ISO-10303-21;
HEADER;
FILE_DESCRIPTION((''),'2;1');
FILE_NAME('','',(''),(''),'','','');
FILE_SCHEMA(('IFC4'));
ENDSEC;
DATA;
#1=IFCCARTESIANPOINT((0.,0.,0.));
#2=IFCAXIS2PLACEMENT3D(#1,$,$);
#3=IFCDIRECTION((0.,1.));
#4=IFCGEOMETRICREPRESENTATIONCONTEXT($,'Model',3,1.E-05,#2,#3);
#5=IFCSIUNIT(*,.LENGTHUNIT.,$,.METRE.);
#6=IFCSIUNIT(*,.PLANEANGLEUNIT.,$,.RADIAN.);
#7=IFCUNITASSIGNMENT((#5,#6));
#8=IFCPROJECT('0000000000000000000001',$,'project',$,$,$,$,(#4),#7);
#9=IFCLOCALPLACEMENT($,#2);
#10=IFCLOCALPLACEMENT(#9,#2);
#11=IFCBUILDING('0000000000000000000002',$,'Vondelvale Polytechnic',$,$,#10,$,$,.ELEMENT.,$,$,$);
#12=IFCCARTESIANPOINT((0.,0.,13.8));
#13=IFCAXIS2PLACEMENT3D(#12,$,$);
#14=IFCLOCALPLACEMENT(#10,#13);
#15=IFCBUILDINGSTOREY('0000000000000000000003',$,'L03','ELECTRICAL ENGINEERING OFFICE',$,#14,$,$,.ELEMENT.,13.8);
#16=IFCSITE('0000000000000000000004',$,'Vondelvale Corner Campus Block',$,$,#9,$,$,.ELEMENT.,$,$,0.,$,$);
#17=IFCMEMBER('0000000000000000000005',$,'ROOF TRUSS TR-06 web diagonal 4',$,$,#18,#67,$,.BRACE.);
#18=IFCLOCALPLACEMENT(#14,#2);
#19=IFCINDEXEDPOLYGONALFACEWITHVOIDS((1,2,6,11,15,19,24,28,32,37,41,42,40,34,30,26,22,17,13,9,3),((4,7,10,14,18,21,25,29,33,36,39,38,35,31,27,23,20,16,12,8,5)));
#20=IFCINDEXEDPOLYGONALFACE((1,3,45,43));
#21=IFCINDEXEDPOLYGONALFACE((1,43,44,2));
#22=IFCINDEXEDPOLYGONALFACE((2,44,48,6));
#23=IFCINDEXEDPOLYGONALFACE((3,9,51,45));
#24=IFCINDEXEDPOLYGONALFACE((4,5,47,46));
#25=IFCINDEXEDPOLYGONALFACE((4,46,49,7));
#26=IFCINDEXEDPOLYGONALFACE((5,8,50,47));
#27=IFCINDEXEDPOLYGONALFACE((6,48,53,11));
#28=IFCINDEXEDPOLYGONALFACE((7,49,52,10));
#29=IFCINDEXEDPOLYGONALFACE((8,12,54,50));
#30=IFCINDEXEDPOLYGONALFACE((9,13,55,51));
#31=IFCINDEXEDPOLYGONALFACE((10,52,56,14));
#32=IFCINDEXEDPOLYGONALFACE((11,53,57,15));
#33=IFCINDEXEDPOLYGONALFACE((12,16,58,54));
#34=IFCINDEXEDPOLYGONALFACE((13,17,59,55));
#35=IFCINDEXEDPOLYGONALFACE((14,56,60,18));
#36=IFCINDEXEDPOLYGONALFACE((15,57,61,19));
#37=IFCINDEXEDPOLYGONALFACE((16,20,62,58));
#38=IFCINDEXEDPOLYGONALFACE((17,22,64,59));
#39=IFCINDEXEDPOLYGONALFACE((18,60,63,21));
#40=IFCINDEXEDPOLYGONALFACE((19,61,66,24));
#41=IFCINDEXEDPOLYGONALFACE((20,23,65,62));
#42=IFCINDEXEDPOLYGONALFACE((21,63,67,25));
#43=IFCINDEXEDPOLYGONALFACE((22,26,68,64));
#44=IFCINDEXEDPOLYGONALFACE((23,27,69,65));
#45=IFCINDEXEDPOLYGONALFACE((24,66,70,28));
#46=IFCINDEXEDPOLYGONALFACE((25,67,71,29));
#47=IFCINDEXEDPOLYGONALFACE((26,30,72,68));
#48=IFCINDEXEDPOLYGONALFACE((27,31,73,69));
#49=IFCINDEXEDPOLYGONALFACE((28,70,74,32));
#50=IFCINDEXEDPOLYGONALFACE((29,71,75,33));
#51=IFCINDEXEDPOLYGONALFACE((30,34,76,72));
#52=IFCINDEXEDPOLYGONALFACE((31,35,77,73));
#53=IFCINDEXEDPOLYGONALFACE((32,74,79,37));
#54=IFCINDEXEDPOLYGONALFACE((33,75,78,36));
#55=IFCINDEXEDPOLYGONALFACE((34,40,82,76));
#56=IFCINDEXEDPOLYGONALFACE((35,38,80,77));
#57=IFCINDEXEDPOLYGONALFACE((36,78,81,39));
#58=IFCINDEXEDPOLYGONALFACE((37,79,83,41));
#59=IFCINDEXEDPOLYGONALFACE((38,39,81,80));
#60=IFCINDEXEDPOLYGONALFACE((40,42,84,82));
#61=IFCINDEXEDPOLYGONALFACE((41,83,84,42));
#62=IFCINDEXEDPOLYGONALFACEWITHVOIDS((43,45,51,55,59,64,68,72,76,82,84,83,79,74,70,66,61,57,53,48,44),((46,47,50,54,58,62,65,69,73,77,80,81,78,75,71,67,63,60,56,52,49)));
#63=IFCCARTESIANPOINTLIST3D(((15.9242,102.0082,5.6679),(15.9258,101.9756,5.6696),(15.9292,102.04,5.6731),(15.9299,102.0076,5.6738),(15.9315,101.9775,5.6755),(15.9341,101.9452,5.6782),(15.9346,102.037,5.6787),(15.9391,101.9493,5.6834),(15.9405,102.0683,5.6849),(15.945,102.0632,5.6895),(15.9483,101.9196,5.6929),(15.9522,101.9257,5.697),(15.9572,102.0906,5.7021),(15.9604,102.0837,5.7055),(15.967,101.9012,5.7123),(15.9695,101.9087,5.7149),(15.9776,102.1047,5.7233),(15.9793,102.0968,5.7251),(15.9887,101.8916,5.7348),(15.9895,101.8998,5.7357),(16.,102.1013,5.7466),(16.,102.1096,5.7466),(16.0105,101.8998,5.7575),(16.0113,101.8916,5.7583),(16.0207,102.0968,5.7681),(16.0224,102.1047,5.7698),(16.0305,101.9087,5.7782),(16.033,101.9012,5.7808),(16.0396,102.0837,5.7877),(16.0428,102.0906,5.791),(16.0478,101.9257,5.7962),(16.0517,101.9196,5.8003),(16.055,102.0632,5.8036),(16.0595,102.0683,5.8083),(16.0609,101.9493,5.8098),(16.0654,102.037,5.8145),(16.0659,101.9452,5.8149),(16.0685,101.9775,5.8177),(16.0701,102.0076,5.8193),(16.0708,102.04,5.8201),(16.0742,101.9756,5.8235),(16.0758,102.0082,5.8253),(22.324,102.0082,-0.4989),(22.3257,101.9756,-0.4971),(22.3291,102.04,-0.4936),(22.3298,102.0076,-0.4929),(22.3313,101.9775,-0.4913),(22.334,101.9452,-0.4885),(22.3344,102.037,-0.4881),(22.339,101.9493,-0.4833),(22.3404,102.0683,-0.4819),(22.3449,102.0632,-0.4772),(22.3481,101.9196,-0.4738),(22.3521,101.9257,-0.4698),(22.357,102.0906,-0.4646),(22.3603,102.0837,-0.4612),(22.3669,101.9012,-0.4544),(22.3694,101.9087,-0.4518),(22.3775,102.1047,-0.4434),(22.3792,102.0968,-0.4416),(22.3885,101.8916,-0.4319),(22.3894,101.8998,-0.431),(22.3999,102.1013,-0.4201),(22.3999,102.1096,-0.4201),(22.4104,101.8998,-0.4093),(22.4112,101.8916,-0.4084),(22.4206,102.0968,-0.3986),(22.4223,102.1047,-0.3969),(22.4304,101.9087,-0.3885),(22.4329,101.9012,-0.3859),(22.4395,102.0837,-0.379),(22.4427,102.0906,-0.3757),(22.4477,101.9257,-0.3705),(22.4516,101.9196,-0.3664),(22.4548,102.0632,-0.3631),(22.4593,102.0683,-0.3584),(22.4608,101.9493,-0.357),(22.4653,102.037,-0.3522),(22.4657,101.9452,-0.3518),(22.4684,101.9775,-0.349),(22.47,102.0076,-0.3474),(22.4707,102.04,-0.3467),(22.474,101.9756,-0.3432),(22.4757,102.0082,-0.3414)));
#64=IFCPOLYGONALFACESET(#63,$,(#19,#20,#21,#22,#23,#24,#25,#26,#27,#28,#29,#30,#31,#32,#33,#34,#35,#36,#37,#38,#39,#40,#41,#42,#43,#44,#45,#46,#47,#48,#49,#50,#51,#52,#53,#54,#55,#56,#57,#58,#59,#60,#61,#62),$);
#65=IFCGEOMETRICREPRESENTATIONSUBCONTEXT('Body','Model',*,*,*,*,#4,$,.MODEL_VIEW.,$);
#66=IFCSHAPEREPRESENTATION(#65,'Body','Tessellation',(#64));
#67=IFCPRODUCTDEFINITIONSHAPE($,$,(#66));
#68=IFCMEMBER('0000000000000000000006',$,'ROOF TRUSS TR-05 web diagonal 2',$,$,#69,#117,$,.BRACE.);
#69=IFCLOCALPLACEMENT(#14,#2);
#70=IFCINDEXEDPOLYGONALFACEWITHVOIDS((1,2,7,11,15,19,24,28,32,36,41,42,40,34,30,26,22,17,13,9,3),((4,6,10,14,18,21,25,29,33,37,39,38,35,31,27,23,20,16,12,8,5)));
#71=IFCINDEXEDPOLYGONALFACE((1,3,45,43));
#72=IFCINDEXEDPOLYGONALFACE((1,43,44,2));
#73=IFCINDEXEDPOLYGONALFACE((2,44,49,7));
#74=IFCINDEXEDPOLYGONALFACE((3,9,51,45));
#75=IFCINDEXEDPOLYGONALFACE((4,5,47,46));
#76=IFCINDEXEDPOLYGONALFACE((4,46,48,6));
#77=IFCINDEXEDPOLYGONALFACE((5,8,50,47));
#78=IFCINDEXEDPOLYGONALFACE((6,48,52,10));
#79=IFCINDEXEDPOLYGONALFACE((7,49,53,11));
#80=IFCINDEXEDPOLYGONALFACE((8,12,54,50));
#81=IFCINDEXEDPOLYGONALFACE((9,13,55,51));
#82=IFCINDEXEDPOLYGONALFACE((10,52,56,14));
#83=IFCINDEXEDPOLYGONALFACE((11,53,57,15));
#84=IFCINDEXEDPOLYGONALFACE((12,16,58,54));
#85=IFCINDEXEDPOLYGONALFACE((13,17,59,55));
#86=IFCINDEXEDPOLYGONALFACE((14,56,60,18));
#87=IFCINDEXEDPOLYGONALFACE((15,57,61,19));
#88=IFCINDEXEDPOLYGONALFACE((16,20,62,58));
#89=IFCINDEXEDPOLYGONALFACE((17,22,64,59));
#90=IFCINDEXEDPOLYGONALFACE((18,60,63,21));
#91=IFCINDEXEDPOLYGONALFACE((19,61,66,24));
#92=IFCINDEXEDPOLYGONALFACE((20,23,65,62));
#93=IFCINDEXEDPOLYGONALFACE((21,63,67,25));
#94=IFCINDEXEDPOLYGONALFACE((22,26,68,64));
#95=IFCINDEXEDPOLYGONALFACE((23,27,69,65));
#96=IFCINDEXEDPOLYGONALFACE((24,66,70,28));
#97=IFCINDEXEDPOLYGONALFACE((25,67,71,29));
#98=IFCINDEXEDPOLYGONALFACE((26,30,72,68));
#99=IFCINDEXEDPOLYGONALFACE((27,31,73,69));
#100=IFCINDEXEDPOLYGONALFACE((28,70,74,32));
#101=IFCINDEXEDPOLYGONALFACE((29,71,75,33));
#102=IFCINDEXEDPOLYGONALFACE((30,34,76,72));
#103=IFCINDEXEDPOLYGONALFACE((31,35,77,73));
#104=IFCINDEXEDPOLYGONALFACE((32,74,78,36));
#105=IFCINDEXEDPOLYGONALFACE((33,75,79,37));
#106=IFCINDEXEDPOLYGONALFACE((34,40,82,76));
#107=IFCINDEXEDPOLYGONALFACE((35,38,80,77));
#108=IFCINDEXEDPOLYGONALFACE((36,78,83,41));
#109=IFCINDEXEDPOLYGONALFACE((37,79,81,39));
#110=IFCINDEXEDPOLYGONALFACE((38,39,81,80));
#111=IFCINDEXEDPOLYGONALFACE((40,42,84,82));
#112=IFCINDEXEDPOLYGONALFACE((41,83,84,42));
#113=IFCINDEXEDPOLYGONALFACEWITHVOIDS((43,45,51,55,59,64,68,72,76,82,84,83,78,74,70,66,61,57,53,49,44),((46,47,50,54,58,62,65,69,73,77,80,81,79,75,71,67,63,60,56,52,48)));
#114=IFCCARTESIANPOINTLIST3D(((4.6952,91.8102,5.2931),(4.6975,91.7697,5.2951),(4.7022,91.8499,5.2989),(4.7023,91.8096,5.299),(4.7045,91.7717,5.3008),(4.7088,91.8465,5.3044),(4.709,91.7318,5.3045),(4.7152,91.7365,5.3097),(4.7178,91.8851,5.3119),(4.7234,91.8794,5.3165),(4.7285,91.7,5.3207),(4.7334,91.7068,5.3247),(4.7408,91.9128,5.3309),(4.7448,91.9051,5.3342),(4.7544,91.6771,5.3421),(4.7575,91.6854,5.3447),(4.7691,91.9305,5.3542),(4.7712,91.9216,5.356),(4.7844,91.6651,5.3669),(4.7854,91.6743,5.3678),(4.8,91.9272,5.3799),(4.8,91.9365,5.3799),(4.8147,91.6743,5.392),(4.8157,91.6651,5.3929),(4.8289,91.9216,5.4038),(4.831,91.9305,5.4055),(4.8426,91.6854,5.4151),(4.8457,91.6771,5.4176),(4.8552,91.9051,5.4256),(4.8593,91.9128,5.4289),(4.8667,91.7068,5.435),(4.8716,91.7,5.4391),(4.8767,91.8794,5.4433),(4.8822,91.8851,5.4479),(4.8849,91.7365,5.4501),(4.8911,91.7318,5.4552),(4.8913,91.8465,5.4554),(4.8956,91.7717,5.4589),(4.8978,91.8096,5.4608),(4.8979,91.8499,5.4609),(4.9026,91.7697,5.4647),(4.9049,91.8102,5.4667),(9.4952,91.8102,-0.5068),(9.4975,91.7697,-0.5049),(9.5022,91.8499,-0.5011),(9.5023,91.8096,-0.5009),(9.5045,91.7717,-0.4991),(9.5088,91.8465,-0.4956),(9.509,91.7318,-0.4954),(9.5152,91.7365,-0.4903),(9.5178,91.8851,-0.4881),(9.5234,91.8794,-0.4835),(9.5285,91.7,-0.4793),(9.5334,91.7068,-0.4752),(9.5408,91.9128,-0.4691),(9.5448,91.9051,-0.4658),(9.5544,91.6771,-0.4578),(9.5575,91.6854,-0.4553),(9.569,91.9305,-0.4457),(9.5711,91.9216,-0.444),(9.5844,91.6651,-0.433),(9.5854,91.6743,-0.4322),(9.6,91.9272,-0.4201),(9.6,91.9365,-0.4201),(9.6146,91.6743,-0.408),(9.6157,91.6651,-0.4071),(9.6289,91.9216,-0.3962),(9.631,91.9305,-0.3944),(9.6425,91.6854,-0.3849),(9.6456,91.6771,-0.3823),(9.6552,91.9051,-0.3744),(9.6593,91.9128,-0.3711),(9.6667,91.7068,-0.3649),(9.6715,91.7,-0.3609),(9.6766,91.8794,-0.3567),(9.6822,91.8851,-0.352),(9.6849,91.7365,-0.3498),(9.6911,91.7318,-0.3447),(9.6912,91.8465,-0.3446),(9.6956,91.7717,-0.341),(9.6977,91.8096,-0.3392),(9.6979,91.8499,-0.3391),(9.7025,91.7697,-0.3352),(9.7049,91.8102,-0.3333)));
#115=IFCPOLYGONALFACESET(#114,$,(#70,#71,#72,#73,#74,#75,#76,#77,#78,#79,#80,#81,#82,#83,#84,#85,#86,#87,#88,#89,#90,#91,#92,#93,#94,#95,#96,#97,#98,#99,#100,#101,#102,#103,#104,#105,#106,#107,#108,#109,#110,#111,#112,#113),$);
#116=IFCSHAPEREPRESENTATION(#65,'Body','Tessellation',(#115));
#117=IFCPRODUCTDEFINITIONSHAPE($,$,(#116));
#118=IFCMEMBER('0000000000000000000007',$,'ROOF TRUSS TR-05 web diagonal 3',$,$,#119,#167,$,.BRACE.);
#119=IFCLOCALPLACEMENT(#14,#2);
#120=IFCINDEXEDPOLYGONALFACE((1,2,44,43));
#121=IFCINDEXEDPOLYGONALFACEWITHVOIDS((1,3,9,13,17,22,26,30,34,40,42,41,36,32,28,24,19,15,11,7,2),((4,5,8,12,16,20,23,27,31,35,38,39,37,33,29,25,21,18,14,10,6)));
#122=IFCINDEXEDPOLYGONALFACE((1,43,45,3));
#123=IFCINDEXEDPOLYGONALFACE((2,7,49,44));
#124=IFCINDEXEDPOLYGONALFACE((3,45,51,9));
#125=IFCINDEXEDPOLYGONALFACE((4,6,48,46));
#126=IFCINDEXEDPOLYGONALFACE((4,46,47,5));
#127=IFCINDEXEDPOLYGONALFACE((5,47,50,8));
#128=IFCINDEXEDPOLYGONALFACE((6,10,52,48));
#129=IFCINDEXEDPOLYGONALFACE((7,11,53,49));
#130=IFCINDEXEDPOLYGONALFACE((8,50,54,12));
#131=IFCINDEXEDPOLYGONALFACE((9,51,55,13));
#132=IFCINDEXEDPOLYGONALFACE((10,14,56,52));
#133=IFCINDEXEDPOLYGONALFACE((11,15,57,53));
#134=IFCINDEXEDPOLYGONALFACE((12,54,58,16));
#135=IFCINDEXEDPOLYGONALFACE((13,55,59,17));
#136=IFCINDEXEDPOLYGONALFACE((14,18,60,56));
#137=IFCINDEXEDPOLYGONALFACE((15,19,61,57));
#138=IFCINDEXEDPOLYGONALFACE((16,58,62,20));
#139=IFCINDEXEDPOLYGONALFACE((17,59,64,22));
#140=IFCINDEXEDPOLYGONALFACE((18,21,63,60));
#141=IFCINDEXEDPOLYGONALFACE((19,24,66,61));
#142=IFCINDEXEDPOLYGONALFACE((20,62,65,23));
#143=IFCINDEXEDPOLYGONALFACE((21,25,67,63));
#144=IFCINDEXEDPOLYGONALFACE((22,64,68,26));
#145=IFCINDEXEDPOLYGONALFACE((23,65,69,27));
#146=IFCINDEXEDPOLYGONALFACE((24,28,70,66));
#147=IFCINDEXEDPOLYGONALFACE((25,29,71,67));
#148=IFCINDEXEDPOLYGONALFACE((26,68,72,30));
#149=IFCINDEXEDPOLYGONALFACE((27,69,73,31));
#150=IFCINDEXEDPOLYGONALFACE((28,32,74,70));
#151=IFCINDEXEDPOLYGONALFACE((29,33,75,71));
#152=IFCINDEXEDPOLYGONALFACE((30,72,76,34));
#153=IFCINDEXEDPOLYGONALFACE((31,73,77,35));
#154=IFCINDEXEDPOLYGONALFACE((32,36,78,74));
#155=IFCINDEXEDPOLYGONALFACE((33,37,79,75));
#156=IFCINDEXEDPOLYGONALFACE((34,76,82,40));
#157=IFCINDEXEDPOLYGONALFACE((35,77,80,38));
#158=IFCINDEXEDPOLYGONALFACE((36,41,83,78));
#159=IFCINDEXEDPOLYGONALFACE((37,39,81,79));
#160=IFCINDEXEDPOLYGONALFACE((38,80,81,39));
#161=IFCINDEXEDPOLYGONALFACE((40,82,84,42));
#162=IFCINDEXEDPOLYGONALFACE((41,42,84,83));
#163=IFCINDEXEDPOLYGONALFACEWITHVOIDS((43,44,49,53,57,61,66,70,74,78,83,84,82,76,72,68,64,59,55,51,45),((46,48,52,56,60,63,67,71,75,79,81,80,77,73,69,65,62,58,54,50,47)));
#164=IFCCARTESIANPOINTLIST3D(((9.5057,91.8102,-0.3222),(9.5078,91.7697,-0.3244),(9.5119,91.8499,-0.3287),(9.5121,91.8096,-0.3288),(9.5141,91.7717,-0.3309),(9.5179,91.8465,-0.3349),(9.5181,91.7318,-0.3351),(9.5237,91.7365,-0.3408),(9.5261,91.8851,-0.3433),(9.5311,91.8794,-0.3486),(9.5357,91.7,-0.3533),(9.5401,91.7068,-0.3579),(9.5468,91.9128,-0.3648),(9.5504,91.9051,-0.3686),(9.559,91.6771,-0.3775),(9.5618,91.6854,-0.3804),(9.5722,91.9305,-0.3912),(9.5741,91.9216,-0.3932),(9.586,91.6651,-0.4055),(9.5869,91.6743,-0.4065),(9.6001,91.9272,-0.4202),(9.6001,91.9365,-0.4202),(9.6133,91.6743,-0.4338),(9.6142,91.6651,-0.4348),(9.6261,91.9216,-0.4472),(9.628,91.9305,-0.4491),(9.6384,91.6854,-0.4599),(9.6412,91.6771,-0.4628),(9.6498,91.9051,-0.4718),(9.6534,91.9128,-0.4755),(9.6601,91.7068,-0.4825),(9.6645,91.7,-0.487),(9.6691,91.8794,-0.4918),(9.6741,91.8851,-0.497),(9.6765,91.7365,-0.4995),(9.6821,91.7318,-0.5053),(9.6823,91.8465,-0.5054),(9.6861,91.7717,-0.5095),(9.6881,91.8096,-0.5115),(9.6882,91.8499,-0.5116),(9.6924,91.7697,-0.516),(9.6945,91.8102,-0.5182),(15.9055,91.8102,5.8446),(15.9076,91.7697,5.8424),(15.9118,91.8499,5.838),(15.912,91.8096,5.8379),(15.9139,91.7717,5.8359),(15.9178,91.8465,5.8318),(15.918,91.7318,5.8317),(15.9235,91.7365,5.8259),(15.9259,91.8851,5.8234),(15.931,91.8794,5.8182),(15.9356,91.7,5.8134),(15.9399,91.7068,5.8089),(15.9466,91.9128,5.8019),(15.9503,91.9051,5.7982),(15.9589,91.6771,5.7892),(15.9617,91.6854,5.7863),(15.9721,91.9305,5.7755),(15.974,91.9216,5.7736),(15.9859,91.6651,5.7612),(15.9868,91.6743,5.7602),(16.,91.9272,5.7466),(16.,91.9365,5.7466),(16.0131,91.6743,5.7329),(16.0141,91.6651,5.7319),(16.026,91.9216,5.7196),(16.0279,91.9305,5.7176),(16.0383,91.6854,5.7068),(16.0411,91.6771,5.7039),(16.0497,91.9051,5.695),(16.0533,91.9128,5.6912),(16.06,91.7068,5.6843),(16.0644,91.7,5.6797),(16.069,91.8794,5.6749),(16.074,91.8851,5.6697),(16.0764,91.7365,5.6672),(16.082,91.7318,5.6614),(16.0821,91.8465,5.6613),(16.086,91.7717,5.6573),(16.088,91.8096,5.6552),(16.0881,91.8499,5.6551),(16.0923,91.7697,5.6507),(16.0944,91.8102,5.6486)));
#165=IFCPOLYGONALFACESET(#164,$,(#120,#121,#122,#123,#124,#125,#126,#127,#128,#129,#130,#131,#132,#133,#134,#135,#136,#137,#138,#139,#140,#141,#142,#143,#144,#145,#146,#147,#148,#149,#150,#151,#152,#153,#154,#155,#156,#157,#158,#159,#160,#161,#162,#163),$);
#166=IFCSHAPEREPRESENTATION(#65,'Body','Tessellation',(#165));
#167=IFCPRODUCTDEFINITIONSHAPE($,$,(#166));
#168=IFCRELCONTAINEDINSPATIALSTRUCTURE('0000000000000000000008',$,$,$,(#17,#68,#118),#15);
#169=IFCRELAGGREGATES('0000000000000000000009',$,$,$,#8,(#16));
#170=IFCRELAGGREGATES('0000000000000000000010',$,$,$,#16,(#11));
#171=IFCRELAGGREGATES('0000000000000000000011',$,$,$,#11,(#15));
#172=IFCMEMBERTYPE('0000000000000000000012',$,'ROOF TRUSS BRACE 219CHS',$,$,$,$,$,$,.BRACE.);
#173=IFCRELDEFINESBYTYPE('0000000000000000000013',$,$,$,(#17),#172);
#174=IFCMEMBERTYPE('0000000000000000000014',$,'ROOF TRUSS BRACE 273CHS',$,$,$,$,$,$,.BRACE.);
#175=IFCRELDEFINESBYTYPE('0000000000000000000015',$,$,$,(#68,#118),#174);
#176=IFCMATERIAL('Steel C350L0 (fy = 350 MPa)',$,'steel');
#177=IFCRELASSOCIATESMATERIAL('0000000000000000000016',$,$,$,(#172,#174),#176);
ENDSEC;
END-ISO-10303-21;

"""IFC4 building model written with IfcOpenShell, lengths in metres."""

from ifc_helpers import new_model, si_unit, direction, frame, origin, origin_2d, place, context, subcontext, project, spatial, hollow_circle, extrude, material, material_profile, profile_set, type_object, element, save


model = new_model("IFC4")

# Units and contexts
model_context = context("Model", 3, precision=1e-05, world=origin(), true_north=direction((0.0, 1.0)))
body_context = subcontext(model_context, "Body", "Model", "MODEL_VIEW")
ifc_project = project(units=[si_unit("LENGTHUNIT", "METRE"), si_unit("PLANEANGLEUNIT", "RADIAN")], contexts=[model_context])

# Site, building, storey
site_placement = place(None, origin())
site = spatial("IfcSite", under=ifc_project, at=site_placement, Name="Vondelvale Corner Campus Block", CompositionType="ELEMENT", RefElevation=0.0)
building_placement = place(site_placement, origin())
building = spatial("IfcBuilding", under=site, at=building_placement, Name="Vondelvale Polytechnic", CompositionType="ELEMENT")
storey_placement = place(building_placement, frame((0.0, 0.0, 13.8)))
storey = spatial("IfcBuildingStorey", under=building, at=storey_placement, Name="L03", Description="ELECTRICAL ENGINEERING OFFICE", CompositionType="ELEMENT", Elevation=13.8)

# Members
ifc_material_1 = material(Name="Steel C350L0 (fy = 350 MPa)", Category="steel")
ifc_material_profile_1 = material_profile(ifc_material_1, hollow_circle(Radius=0.1096, WallThickness=0.0083, at=origin_2d()), Name="219.1x8.2CHS")
ifc_profile_set_1 = profile_set([ifc_material_profile_1], Name="Steel C350L0 (fy = 350 MPa)")
member_type_1 = type_object("IfcMemberType", Name="ROOF TRUSS BRACE 219CHS", PredefinedType="BRACE", material=ifc_profile_set_1)
for number, where, z_axis, x_axis, name in (
    (1, (16.0, 102.0, 5.7466), (0.720102, 0.0, -0.693868), (0.0, 1.0, 0.0), "ROOF TRUSS TR-06 web diagonal 4"),
):
    element("IfcMember", number, at=place(storey_placement, frame(where, z_axis=z_axis, x_axis=x_axis)), inside=storey, type_object=member_type_1, Name=name, PredefinedType="BRACE", context=body_context, shape_type="SweptSolid", body=[
        extrude(hollow_circle(Radius=0.1096, WallThickness=0.0083, at=origin_2d()), origin(), (0.0, 0.0, 1.0), 8.8875),
    ])
ifc_material_profile_2 = material_profile(ifc_material_1, hollow_circle(Radius=0.1365, WallThickness=0.0093, at=origin_2d()), Name="273.1x9.3CHS")
ifc_profile_set_2 = profile_set([ifc_material_profile_2], Name="Steel C350L0 (fy = 350 MPa)")
member_type_2 = type_object("IfcMemberType", Name="ROOF TRUSS BRACE 273CHS", PredefinedType="BRACE", material=ifc_profile_set_2)
member_1_placement = place(storey_placement, frame((4.8, 91.8, 5.3799), z_axis=(0.637568, 0.0, -0.770394), x_axis=(0.0, 1.0, 0.0)))
element("IfcMember", 2, at=member_1_placement, inside=storey, type_object=member_type_2, Name="ROOF TRUSS TR-05 web diagonal 2", PredefinedType="BRACE", context=body_context, shape_type="SweptSolid", body=[
    extrude(hollow_circle(Radius=0.1365, WallThickness=0.0093, at=origin_2d()), origin(), (0.0, 0.0, 1.0), 7.5286),
])
member_2_placement = place(storey_placement, frame((9.6001, 91.8, -0.4202), z_axis=(0.720102, 0.0, 0.693868), x_axis=(0.0, 1.0, 0.0)))
element("IfcMember", 3, at=member_2_placement, inside=storey, type_object=member_type_2, Name="ROOF TRUSS TR-05 web diagonal 3", PredefinedType="BRACE", context=body_context, shape_type="SweptSolid", body=[
    extrude(hollow_circle(Radius=0.1365, WallThickness=0.0093, at=origin_2d()), origin(), (0.0, 0.0, 1.0), 8.8875),
])

save(model, "model.ifc")
